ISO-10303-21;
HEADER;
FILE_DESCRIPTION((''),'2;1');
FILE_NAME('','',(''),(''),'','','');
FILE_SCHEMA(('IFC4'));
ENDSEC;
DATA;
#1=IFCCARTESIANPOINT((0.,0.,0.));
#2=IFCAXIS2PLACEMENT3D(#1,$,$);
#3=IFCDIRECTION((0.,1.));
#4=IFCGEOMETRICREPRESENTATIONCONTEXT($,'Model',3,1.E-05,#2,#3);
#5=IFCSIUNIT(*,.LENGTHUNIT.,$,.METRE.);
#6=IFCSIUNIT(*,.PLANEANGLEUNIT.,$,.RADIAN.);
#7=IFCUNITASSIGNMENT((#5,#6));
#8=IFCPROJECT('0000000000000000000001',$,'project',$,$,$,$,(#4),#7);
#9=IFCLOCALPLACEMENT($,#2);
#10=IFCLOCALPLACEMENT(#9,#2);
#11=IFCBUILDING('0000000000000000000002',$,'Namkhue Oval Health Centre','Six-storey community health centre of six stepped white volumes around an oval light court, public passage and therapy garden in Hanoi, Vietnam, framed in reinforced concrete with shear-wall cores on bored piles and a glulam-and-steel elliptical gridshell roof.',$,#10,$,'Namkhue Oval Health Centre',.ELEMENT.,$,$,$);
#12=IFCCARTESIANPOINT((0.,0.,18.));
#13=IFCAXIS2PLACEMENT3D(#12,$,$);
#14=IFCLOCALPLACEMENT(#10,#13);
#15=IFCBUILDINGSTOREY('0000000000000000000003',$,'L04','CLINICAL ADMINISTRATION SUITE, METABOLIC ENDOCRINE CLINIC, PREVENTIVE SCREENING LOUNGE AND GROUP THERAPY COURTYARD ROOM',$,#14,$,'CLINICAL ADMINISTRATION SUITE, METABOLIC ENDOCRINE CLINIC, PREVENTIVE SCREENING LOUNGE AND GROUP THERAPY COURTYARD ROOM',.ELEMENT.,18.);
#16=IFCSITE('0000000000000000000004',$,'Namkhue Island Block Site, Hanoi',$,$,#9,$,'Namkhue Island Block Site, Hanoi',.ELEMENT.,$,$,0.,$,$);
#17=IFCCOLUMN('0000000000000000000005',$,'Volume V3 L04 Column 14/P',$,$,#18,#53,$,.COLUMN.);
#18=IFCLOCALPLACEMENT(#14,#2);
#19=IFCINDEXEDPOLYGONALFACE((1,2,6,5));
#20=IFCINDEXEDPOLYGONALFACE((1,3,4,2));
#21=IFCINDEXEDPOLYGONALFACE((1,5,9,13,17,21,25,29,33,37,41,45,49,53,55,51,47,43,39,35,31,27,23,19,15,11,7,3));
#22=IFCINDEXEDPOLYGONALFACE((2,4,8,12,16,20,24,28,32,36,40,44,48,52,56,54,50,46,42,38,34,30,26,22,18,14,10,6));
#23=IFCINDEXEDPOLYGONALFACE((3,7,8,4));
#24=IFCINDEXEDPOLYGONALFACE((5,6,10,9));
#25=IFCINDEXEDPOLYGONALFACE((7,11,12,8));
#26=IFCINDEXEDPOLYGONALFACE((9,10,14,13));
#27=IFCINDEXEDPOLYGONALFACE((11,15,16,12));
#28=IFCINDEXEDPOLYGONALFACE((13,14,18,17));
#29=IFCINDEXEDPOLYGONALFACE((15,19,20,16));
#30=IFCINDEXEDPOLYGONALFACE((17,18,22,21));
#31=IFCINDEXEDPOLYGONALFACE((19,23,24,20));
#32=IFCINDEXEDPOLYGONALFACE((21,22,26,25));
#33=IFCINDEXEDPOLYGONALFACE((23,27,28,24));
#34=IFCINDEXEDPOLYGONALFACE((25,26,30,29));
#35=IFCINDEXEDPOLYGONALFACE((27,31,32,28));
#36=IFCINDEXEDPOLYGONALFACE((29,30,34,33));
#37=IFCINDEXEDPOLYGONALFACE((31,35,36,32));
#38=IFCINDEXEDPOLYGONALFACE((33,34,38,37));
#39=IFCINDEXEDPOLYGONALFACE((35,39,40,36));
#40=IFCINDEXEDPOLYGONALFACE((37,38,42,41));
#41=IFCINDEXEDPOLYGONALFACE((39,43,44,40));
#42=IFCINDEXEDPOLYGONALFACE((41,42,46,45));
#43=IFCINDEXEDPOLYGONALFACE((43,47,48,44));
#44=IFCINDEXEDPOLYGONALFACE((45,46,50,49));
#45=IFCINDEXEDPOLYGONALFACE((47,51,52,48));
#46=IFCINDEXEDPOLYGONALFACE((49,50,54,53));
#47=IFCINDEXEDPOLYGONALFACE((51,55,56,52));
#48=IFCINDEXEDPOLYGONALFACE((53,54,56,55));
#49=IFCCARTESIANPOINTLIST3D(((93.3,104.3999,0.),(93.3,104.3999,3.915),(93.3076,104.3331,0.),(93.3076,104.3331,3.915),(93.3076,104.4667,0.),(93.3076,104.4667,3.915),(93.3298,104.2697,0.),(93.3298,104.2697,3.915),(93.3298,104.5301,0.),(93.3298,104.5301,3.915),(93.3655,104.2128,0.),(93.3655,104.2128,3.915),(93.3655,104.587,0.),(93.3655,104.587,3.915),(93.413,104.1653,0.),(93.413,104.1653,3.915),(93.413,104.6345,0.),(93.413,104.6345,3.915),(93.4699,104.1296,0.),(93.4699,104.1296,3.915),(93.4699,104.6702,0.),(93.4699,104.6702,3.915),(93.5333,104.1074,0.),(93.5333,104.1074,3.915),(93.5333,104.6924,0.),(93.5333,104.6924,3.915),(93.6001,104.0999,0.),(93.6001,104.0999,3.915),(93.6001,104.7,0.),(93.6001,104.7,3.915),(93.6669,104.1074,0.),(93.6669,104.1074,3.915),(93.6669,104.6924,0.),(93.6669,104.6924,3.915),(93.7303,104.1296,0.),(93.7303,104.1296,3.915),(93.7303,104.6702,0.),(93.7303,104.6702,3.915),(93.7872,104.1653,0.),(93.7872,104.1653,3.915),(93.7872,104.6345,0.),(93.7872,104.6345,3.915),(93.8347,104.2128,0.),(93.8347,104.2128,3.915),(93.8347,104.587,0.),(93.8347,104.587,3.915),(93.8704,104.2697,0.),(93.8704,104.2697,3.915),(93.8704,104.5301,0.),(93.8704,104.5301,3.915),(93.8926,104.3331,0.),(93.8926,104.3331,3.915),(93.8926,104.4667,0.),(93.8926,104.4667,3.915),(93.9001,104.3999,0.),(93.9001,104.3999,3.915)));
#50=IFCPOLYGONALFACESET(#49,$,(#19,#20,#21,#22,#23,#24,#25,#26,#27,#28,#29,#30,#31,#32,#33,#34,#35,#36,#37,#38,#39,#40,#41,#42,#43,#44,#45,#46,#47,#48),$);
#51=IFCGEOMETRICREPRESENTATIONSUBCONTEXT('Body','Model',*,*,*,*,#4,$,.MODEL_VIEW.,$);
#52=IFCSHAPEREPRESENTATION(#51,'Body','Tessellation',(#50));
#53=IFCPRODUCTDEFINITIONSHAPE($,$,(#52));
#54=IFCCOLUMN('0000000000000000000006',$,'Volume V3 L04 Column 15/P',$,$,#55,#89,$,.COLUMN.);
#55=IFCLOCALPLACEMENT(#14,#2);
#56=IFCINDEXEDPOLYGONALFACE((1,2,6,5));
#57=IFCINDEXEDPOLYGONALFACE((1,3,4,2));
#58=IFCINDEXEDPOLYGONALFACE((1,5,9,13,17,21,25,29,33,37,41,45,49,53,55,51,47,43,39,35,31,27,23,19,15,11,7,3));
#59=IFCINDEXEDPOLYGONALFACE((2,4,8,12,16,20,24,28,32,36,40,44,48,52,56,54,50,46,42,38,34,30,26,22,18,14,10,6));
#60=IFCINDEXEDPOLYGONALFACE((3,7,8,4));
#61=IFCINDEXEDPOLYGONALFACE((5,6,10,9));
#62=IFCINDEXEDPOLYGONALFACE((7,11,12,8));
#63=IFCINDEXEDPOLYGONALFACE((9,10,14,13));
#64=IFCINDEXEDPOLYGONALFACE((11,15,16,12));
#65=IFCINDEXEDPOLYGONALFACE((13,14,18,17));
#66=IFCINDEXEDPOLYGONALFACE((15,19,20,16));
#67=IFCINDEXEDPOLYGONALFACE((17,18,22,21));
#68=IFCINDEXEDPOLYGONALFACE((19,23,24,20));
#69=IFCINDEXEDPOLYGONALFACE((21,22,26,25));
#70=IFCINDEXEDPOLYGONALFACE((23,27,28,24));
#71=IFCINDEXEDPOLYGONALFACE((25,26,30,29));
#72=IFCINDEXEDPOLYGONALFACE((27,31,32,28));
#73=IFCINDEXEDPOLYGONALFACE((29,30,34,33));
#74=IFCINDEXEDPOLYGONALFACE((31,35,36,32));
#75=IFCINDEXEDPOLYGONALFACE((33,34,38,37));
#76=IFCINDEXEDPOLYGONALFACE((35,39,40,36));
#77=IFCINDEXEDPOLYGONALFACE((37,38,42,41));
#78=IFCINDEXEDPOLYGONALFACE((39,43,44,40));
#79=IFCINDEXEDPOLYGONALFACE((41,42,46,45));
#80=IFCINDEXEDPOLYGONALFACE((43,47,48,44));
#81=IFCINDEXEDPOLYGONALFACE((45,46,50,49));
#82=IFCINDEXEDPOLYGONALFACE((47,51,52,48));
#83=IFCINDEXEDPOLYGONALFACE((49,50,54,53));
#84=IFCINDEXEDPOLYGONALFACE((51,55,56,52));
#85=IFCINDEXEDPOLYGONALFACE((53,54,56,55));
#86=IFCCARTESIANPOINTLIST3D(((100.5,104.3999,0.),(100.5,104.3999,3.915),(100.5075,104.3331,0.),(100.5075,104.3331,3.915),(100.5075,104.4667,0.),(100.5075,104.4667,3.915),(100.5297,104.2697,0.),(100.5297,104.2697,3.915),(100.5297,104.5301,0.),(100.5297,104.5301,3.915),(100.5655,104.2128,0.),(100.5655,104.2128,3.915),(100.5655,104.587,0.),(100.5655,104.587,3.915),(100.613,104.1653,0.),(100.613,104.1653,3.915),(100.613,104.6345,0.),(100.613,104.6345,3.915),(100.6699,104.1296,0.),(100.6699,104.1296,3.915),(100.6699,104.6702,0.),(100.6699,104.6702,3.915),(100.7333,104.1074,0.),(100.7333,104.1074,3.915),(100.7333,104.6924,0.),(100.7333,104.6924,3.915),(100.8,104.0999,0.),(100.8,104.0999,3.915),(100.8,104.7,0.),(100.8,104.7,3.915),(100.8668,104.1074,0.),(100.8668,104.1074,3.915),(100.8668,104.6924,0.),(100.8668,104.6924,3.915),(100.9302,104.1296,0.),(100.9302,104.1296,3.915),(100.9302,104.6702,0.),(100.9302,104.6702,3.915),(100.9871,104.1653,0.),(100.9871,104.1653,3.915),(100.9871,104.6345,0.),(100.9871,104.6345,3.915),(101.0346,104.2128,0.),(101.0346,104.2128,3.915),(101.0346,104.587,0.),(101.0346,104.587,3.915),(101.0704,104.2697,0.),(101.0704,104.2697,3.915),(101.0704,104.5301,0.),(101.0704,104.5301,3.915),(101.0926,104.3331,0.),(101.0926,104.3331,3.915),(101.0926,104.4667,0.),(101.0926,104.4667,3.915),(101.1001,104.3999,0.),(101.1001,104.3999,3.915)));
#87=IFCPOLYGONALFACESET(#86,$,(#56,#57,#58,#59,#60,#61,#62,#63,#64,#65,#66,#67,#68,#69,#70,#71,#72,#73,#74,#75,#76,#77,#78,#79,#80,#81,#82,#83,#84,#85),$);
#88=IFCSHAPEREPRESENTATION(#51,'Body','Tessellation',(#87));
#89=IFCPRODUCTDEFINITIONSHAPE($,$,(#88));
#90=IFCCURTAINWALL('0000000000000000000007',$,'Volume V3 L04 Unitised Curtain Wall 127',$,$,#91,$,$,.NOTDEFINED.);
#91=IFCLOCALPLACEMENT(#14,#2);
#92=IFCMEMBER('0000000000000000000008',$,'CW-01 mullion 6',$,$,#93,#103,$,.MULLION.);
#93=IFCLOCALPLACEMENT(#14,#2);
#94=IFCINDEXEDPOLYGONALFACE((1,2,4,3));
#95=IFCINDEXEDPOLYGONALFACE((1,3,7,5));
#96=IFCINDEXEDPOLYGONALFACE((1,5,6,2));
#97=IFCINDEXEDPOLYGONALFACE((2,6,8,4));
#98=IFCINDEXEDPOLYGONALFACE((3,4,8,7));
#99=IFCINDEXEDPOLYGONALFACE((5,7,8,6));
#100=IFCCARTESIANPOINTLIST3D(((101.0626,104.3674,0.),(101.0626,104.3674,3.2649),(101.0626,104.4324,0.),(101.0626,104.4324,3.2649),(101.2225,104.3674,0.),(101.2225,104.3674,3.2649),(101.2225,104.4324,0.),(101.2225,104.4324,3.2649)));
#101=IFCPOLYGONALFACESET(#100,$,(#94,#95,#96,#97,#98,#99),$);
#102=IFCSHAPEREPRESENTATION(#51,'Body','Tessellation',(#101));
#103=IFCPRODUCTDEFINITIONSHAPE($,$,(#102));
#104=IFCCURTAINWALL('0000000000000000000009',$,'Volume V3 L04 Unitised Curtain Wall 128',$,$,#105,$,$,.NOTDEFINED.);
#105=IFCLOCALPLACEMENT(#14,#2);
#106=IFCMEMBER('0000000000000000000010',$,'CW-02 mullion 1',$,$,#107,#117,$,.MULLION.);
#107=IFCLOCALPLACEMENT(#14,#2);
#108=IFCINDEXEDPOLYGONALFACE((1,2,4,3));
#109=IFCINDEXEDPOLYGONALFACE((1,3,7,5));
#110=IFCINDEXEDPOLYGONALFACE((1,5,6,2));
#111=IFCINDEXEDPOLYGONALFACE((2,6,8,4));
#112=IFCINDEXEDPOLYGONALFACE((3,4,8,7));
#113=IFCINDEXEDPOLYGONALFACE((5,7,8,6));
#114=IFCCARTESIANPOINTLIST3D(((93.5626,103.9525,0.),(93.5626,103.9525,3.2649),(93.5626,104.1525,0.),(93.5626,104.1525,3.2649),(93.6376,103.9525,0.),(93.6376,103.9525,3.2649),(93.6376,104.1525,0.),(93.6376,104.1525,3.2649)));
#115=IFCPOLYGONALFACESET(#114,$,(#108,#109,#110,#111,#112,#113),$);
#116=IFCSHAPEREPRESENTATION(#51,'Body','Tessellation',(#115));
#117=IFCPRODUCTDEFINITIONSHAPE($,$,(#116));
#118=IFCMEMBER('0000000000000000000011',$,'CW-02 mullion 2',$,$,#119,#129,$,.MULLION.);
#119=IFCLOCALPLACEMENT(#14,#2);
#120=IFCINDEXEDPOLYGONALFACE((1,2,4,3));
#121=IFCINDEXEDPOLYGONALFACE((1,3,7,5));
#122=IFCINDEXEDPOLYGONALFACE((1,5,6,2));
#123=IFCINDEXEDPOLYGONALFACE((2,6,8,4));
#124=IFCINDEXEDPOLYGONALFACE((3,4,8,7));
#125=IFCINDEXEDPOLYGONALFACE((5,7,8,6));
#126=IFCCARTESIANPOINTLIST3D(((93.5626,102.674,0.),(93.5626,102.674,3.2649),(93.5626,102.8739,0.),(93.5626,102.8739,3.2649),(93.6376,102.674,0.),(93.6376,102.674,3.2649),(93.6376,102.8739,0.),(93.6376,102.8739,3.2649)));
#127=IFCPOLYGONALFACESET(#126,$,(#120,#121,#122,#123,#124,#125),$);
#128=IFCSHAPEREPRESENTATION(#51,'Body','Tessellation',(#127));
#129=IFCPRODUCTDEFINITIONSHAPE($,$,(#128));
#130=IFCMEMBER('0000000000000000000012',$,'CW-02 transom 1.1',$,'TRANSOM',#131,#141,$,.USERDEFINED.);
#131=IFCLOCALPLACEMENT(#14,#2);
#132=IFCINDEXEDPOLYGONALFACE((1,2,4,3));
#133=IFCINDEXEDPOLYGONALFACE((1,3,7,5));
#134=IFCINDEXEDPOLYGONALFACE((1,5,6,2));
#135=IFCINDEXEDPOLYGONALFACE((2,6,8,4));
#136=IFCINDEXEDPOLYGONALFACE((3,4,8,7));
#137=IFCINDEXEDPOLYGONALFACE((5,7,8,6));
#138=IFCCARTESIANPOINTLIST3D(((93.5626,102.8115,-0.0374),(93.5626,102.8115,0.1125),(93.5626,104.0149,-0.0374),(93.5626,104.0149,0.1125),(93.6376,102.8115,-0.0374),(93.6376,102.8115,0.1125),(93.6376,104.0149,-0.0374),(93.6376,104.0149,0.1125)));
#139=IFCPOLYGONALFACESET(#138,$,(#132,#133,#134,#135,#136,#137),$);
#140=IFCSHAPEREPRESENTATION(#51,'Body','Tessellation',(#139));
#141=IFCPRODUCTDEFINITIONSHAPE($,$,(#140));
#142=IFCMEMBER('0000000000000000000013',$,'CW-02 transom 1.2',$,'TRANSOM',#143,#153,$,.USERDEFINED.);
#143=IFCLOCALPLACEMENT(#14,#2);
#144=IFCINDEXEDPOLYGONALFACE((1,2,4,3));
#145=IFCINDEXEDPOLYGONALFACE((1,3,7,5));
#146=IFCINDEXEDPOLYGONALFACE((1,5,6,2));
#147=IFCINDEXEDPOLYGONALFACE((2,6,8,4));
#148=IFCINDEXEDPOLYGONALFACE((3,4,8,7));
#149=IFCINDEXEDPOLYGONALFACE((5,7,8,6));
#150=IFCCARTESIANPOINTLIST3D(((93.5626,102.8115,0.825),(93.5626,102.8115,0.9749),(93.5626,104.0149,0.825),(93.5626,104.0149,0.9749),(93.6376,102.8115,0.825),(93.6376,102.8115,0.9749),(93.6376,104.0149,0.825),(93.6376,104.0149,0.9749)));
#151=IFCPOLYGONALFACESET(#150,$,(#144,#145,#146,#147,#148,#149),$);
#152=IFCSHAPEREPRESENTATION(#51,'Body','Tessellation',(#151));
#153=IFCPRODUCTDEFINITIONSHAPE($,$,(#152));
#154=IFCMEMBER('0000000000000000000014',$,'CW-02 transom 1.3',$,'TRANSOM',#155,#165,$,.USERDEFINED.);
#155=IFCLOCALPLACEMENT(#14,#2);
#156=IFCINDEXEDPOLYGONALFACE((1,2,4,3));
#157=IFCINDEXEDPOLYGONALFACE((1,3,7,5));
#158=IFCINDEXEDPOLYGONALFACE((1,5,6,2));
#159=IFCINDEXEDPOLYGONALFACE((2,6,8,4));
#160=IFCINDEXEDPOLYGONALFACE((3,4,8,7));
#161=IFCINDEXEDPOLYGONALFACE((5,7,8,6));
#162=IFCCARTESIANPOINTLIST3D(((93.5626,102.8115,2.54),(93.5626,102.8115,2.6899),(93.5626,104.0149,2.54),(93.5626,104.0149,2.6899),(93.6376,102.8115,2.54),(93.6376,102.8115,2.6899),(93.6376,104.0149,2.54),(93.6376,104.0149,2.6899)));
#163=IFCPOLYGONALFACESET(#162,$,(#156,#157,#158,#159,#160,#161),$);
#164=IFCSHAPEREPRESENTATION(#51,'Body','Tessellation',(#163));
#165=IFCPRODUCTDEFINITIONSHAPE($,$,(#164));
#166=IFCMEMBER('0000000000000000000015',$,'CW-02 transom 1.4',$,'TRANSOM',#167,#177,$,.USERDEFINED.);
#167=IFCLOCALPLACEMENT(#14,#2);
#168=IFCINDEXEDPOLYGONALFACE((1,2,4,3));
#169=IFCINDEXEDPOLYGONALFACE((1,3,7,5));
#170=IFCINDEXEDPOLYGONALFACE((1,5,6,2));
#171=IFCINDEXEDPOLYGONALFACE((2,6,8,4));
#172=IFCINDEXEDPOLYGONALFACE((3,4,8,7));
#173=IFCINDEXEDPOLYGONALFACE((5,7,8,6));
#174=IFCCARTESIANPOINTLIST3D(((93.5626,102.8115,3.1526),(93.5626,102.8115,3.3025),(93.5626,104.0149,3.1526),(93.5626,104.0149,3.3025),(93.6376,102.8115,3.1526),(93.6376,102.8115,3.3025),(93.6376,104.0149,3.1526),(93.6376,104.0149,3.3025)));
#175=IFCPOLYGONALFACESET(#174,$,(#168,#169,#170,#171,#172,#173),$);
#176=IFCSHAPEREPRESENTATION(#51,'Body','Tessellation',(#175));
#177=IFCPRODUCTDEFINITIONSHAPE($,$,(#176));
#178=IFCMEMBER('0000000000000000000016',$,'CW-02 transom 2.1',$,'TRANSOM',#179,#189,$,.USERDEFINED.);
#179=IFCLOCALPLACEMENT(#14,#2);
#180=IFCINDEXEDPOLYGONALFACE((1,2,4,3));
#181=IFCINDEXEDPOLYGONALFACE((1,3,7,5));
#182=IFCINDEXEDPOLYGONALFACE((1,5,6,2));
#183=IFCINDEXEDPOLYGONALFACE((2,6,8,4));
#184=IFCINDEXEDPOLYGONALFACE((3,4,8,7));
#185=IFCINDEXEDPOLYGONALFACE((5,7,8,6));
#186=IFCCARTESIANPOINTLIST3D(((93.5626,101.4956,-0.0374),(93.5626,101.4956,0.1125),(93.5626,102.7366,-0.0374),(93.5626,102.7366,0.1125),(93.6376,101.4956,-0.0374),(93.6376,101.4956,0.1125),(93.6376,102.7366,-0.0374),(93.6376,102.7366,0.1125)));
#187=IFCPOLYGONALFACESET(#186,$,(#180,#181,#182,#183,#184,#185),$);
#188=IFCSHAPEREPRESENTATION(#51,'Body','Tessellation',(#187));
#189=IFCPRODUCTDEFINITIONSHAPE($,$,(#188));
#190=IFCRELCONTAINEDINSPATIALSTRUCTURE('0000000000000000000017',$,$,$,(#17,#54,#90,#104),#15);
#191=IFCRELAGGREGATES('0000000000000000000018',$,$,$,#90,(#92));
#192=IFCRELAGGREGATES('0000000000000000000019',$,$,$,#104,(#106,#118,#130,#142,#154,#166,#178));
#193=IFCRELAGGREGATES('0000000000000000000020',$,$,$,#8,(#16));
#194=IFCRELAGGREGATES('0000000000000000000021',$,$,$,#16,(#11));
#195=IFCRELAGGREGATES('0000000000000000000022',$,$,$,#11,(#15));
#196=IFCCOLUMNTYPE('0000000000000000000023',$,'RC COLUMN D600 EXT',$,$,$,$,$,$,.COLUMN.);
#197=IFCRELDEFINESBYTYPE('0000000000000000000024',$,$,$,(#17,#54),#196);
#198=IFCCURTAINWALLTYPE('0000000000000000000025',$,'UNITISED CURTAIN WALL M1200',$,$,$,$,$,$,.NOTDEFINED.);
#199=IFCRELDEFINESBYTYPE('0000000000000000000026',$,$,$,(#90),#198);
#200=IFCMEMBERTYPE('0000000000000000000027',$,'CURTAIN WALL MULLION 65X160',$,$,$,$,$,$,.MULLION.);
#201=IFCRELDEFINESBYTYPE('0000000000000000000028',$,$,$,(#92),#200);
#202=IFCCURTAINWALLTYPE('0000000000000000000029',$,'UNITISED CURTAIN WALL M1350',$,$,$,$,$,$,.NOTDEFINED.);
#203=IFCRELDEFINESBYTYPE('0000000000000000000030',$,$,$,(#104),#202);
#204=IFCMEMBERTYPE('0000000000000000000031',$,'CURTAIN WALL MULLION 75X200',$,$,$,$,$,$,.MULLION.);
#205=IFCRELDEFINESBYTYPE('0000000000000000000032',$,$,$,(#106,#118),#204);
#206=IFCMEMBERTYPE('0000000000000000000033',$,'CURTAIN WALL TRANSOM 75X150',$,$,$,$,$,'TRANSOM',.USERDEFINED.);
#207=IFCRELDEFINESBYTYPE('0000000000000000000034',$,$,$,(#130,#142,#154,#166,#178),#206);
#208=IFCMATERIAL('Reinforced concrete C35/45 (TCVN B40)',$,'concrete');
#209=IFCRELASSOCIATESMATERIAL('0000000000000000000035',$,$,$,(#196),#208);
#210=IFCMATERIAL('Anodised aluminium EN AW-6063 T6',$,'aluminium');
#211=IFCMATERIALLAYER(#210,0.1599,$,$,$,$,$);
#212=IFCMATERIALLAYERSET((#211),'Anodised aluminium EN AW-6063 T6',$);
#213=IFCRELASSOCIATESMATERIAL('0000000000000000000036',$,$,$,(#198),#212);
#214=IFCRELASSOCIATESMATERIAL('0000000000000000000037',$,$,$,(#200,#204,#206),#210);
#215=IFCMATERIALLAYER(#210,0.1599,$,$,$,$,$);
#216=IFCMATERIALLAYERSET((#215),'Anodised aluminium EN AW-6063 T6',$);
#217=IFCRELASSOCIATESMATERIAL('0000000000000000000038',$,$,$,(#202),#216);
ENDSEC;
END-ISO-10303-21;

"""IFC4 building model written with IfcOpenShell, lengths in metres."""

from ifc_helpers import new_model, si_unit, direction, frame, origin, origin_2d, place, context, subcontext, project, spatial, rectangle, circle, extrude, material, layer, layer_set, material_profile, profile_set, type_object, element, aggregate, save


model = new_model("IFC4")

# Units and contexts
model_context = context("Model", 3, precision=1e-05, world=origin(), true_north=direction((0.0, 1.0)))
body_context = subcontext(model_context, "Body", "Model", "MODEL_VIEW")
ifc_project = project(units=[si_unit("LENGTHUNIT", "METRE"), si_unit("PLANEANGLEUNIT", "RADIAN")], contexts=[model_context])

# Site, building, storey
site_placement = place(None, origin())
site = spatial("IfcSite", under=ifc_project, at=site_placement, Name="Namkhue Island Block Site, Hanoi", LongName="Namkhue Island Block Site, Hanoi", CompositionType="ELEMENT", RefElevation=0.0)
building_placement = place(site_placement, origin())
building = spatial("IfcBuilding", under=site, at=building_placement, Name="Namkhue Oval Health Centre", Description="Six-storey community health centre of six stepped white volumes around an oval light court, public passage and therapy garden in Hanoi, Vietnam, framed in reinforced concrete with shear-wall cores on bored piles and a glulam-and-steel elliptical gridshell roof.", LongName="Namkhue Oval Health Centre", CompositionType="ELEMENT")
storey_placement = place(building_placement, frame((0.0, 0.0, 18.0)))
storey = spatial("IfcBuildingStorey", under=building, at=storey_placement, Name="L04", Description="CLINICAL ADMINISTRATION SUITE, METABOLIC ENDOCRINE CLINIC, PREVENTIVE SCREENING LOUNGE AND GROUP THERAPY COURTYARD ROOM", LongName="CLINICAL ADMINISTRATION SUITE, METABOLIC ENDOCRINE CLINIC, PREVENTIVE SCREENING LOUNGE AND GROUP THERAPY COURTYARD ROOM", CompositionType="ELEMENT", Elevation=18.0)

# Columns
ifc_material_1 = material(Name="Reinforced concrete C35/45 (TCVN B40)", Category="concrete")
ifc_material_profile_1 = material_profile(ifc_material_1, circle(Radius=0.3, at=origin_2d()), Name="RC D600")
ifc_profile_set_1 = profile_set([ifc_material_profile_1], Name="Reinforced concrete C35/45 (TCVN B40)")
column_type = type_object("IfcColumnType", Name="RC COLUMN D600 EXT", PredefinedType="COLUMN", material=ifc_profile_set_1)
for number, where, z_axis, x_axis, name in (
    (1, (93.6001, 104.3999, 0.0), (0.0, 0.0, 1.0), (1.0, 0.0, 0.0), "Volume V3 L04 Column 14/P"),
    (2, (100.8, 104.3999, 0.0), (0.0, 0.0, 1.0), (1.0, 0.0, 0.0), "Volume V3 L04 Column 15/P"),
):
    element("IfcColumn", number, at=place(storey_placement, frame(where, z_axis=z_axis, x_axis=x_axis)), inside=storey, type_object=column_type, Name=name, PredefinedType="COLUMN", context=body_context, shape_type="SweptSolid", body=[
        extrude(circle(Radius=0.3, at=origin_2d()), origin(), (0.0, 0.0, 1.0), 3.915),
    ])

# Curtain wall, member
ifc_material_2 = material(Name="Anodised aluminium EN AW-6063 T6", Category="aluminium")
ifc_layer_1 = layer(ifc_material_2, 0.1599)
ifc_layer_set_1 = layer_set([ifc_layer_1], Name="Anodised aluminium EN AW-6063 T6")
curtain_wall_type_1 = type_object("IfcCurtainWallType", Name="UNITISED CURTAIN WALL M1200", PredefinedType="NOTDEFINED", material=ifc_layer_set_1)
curtain_wall_1_placement = place(storey_placement, origin())
curtain_wall_1 = element("IfcCurtainWall", 3, at=curtain_wall_1_placement, inside=storey, type_object=curtain_wall_type_1, Name="Volume V3 L04 Unitised Curtain Wall 127", PredefinedType="NOTDEFINED")
ifc_material_profile_2 = material_profile(ifc_material_2, rectangle(XDim=0.0649, YDim=0.1599, at=origin_2d()), Name="ALU 65x160")
ifc_profile_set_2 = profile_set([ifc_material_profile_2], Name="Anodised aluminium EN AW-6063 T6")
member_type_1 = type_object("IfcMemberType", Name="CURTAIN WALL MULLION 65X160", PredefinedType="MULLION", material=ifc_profile_set_2)
member_1_placement = place(storey_placement, frame((101.1426, 104.3999, 0.0), z_axis=(0.0, 0.0, 1.0), x_axis=(0.0, -1.0, 0.0)))
member_1 = element("IfcMember", 4, at=member_1_placement, type_object=member_type_1, Name="CW-01 mullion 6", PredefinedType="MULLION", context=body_context, shape_type="SweptSolid", body=[
    extrude(rectangle(XDim=0.0649, YDim=0.1599, at=origin_2d()), origin(), (0.0, 0.0, 1.0), 3.2649),
])

# Curtain wall, members
ifc_layer_2 = layer(ifc_material_2, 0.1599)
ifc_layer_set_2 = layer_set([ifc_layer_2], Name="Anodised aluminium EN AW-6063 T6")
curtain_wall_type_2 = type_object("IfcCurtainWallType", Name="UNITISED CURTAIN WALL M1350", PredefinedType="NOTDEFINED", material=ifc_layer_set_2)
curtain_wall_2_placement = place(storey_placement, origin())
curtain_wall_2 = element("IfcCurtainWall", 5, at=curtain_wall_2_placement, inside=storey, type_object=curtain_wall_type_2, Name="Volume V3 L04 Unitised Curtain Wall 128", PredefinedType="NOTDEFINED")
ifc_material_profile_3 = material_profile(ifc_material_2, rectangle(XDim=0.075, YDim=0.2, at=origin_2d()), Name="ALU 75x200")
ifc_profile_set_3 = profile_set([ifc_material_profile_3], Name="Anodised aluminium EN AW-6063 T6")
member_type_2 = type_object("IfcMemberType", Name="CURTAIN WALL MULLION 75X200", PredefinedType="MULLION", material=ifc_profile_set_3)
member_2_placement = place(storey_placement, frame((93.6001, 104.0525, 0.0), z_axis=(0.0, 0.0, 1.0), x_axis=(1.0, 0.0, 0.0)))
member_2 = element("IfcMember", 6, at=member_2_placement, type_object=member_type_2, Name="CW-02 mullion 1", PredefinedType="MULLION", context=body_context, shape_type="SweptSolid", body=[
    extrude(rectangle(XDim=0.075, YDim=0.2, at=origin_2d()), origin(), (0.0, 0.0, 1.0), 3.2649),
])
member_3_placement = place(storey_placement, frame((93.6001, 102.7739, 0.0), z_axis=(0.0, 0.0, 1.0), x_axis=(1.0, 0.0, 0.0)))
member_3 = element("IfcMember", 7, at=member_3_placement, type_object=member_type_2, Name="CW-02 mullion 2", PredefinedType="MULLION", context=body_context, shape_type="SweptSolid", body=[
    extrude(rectangle(XDim=0.075, YDim=0.2, at=origin_2d()), origin(), (0.0, 0.0, 1.0), 3.2649),
])
ifc_material_profile_4 = material_profile(ifc_material_2, rectangle(XDim=0.075, YDim=0.1499, at=origin_2d()), Name="ALU 75x150")
ifc_profile_set_4 = profile_set([ifc_material_profile_4], Name="Anodised aluminium EN AW-6063 T6")
member_type_3 = type_object("IfcMemberType", Name="CURTAIN WALL TRANSOM 75X150", ElementType="TRANSOM", PredefinedType="USERDEFINED", material=ifc_profile_set_4)
member_4_placement = place(storey_placement, frame((93.6001, 104.0149, 0.0376), z_axis=(0.0, -1.0, 0.0), x_axis=(1.0, 0.0, 0.0)))
member_4 = element("IfcMember", 8, at=member_4_placement, type_object=member_type_3, Name="CW-02 transom 1.1", ObjectType="TRANSOM", PredefinedType="USERDEFINED", context=body_context, shape_type="SweptSolid", body=[
    extrude(rectangle(XDim=0.075, YDim=0.1499, at=origin_2d()), origin(), (0.0, 0.0, 1.0), 1.2034),
])
member_5_placement = place(storey_placement, frame((93.6001, 104.0149, 0.8999), z_axis=(0.0, -1.0, 0.0), x_axis=(1.0, 0.0, 0.0)))
member_5 = element("IfcMember", 9, at=member_5_placement, type_object=member_type_3, Name="CW-02 transom 1.2", ObjectType="TRANSOM", PredefinedType="USERDEFINED", context=body_context, shape_type="SweptSolid", body=[
    extrude(rectangle(XDim=0.075, YDim=0.1499, at=origin_2d()), origin(), (0.0, 0.0, 1.0), 1.2034),
])
member_6_placement = place(storey_placement, frame((93.6001, 104.0149, 2.615), z_axis=(0.0, -1.0, 0.0), x_axis=(1.0, 0.0, 0.0)))
member_6 = element("IfcMember", 10, at=member_6_placement, type_object=member_type_3, Name="CW-02 transom 1.3", ObjectType="TRANSOM", PredefinedType="USERDEFINED", context=body_context, shape_type="SweptSolid", body=[
    extrude(rectangle(XDim=0.075, YDim=0.1499, at=origin_2d()), origin(), (0.0, 0.0, 1.0), 1.2034),
])
member_7_placement = place(storey_placement, frame((93.6001, 104.0149, 3.2275), z_axis=(0.0, -1.0, 0.0), x_axis=(1.0, 0.0, 0.0)))
member_7 = element("IfcMember", 11, at=member_7_placement, type_object=member_type_3, Name="CW-02 transom 1.4", ObjectType="TRANSOM", PredefinedType="USERDEFINED", context=body_context, shape_type="SweptSolid", body=[
    extrude(rectangle(XDim=0.075, YDim=0.1499, at=origin_2d()), origin(), (0.0, 0.0, 1.0), 1.2034),
])
member_8_placement = place(storey_placement, frame((93.6001, 102.7366, 0.0376), z_axis=(0.0, -1.0, 0.0), x_axis=(1.0, 0.0, 0.0)))
member_8 = element("IfcMember", 12, at=member_8_placement, type_object=member_type_3, Name="CW-02 transom 2.1", ObjectType="TRANSOM", PredefinedType="USERDEFINED", context=body_context, shape_type="SweptSolid", body=[
    extrude(rectangle(XDim=0.075, YDim=0.1499, at=origin_2d()), origin(), (0.0, 0.0, 1.0), 1.241),
])

aggregate(curtain_wall_1, [member_1])
aggregate(curtain_wall_2, [member_2, member_3, member_4, member_5, member_6, member_7, member_8])

save(model, "model.ifc")
